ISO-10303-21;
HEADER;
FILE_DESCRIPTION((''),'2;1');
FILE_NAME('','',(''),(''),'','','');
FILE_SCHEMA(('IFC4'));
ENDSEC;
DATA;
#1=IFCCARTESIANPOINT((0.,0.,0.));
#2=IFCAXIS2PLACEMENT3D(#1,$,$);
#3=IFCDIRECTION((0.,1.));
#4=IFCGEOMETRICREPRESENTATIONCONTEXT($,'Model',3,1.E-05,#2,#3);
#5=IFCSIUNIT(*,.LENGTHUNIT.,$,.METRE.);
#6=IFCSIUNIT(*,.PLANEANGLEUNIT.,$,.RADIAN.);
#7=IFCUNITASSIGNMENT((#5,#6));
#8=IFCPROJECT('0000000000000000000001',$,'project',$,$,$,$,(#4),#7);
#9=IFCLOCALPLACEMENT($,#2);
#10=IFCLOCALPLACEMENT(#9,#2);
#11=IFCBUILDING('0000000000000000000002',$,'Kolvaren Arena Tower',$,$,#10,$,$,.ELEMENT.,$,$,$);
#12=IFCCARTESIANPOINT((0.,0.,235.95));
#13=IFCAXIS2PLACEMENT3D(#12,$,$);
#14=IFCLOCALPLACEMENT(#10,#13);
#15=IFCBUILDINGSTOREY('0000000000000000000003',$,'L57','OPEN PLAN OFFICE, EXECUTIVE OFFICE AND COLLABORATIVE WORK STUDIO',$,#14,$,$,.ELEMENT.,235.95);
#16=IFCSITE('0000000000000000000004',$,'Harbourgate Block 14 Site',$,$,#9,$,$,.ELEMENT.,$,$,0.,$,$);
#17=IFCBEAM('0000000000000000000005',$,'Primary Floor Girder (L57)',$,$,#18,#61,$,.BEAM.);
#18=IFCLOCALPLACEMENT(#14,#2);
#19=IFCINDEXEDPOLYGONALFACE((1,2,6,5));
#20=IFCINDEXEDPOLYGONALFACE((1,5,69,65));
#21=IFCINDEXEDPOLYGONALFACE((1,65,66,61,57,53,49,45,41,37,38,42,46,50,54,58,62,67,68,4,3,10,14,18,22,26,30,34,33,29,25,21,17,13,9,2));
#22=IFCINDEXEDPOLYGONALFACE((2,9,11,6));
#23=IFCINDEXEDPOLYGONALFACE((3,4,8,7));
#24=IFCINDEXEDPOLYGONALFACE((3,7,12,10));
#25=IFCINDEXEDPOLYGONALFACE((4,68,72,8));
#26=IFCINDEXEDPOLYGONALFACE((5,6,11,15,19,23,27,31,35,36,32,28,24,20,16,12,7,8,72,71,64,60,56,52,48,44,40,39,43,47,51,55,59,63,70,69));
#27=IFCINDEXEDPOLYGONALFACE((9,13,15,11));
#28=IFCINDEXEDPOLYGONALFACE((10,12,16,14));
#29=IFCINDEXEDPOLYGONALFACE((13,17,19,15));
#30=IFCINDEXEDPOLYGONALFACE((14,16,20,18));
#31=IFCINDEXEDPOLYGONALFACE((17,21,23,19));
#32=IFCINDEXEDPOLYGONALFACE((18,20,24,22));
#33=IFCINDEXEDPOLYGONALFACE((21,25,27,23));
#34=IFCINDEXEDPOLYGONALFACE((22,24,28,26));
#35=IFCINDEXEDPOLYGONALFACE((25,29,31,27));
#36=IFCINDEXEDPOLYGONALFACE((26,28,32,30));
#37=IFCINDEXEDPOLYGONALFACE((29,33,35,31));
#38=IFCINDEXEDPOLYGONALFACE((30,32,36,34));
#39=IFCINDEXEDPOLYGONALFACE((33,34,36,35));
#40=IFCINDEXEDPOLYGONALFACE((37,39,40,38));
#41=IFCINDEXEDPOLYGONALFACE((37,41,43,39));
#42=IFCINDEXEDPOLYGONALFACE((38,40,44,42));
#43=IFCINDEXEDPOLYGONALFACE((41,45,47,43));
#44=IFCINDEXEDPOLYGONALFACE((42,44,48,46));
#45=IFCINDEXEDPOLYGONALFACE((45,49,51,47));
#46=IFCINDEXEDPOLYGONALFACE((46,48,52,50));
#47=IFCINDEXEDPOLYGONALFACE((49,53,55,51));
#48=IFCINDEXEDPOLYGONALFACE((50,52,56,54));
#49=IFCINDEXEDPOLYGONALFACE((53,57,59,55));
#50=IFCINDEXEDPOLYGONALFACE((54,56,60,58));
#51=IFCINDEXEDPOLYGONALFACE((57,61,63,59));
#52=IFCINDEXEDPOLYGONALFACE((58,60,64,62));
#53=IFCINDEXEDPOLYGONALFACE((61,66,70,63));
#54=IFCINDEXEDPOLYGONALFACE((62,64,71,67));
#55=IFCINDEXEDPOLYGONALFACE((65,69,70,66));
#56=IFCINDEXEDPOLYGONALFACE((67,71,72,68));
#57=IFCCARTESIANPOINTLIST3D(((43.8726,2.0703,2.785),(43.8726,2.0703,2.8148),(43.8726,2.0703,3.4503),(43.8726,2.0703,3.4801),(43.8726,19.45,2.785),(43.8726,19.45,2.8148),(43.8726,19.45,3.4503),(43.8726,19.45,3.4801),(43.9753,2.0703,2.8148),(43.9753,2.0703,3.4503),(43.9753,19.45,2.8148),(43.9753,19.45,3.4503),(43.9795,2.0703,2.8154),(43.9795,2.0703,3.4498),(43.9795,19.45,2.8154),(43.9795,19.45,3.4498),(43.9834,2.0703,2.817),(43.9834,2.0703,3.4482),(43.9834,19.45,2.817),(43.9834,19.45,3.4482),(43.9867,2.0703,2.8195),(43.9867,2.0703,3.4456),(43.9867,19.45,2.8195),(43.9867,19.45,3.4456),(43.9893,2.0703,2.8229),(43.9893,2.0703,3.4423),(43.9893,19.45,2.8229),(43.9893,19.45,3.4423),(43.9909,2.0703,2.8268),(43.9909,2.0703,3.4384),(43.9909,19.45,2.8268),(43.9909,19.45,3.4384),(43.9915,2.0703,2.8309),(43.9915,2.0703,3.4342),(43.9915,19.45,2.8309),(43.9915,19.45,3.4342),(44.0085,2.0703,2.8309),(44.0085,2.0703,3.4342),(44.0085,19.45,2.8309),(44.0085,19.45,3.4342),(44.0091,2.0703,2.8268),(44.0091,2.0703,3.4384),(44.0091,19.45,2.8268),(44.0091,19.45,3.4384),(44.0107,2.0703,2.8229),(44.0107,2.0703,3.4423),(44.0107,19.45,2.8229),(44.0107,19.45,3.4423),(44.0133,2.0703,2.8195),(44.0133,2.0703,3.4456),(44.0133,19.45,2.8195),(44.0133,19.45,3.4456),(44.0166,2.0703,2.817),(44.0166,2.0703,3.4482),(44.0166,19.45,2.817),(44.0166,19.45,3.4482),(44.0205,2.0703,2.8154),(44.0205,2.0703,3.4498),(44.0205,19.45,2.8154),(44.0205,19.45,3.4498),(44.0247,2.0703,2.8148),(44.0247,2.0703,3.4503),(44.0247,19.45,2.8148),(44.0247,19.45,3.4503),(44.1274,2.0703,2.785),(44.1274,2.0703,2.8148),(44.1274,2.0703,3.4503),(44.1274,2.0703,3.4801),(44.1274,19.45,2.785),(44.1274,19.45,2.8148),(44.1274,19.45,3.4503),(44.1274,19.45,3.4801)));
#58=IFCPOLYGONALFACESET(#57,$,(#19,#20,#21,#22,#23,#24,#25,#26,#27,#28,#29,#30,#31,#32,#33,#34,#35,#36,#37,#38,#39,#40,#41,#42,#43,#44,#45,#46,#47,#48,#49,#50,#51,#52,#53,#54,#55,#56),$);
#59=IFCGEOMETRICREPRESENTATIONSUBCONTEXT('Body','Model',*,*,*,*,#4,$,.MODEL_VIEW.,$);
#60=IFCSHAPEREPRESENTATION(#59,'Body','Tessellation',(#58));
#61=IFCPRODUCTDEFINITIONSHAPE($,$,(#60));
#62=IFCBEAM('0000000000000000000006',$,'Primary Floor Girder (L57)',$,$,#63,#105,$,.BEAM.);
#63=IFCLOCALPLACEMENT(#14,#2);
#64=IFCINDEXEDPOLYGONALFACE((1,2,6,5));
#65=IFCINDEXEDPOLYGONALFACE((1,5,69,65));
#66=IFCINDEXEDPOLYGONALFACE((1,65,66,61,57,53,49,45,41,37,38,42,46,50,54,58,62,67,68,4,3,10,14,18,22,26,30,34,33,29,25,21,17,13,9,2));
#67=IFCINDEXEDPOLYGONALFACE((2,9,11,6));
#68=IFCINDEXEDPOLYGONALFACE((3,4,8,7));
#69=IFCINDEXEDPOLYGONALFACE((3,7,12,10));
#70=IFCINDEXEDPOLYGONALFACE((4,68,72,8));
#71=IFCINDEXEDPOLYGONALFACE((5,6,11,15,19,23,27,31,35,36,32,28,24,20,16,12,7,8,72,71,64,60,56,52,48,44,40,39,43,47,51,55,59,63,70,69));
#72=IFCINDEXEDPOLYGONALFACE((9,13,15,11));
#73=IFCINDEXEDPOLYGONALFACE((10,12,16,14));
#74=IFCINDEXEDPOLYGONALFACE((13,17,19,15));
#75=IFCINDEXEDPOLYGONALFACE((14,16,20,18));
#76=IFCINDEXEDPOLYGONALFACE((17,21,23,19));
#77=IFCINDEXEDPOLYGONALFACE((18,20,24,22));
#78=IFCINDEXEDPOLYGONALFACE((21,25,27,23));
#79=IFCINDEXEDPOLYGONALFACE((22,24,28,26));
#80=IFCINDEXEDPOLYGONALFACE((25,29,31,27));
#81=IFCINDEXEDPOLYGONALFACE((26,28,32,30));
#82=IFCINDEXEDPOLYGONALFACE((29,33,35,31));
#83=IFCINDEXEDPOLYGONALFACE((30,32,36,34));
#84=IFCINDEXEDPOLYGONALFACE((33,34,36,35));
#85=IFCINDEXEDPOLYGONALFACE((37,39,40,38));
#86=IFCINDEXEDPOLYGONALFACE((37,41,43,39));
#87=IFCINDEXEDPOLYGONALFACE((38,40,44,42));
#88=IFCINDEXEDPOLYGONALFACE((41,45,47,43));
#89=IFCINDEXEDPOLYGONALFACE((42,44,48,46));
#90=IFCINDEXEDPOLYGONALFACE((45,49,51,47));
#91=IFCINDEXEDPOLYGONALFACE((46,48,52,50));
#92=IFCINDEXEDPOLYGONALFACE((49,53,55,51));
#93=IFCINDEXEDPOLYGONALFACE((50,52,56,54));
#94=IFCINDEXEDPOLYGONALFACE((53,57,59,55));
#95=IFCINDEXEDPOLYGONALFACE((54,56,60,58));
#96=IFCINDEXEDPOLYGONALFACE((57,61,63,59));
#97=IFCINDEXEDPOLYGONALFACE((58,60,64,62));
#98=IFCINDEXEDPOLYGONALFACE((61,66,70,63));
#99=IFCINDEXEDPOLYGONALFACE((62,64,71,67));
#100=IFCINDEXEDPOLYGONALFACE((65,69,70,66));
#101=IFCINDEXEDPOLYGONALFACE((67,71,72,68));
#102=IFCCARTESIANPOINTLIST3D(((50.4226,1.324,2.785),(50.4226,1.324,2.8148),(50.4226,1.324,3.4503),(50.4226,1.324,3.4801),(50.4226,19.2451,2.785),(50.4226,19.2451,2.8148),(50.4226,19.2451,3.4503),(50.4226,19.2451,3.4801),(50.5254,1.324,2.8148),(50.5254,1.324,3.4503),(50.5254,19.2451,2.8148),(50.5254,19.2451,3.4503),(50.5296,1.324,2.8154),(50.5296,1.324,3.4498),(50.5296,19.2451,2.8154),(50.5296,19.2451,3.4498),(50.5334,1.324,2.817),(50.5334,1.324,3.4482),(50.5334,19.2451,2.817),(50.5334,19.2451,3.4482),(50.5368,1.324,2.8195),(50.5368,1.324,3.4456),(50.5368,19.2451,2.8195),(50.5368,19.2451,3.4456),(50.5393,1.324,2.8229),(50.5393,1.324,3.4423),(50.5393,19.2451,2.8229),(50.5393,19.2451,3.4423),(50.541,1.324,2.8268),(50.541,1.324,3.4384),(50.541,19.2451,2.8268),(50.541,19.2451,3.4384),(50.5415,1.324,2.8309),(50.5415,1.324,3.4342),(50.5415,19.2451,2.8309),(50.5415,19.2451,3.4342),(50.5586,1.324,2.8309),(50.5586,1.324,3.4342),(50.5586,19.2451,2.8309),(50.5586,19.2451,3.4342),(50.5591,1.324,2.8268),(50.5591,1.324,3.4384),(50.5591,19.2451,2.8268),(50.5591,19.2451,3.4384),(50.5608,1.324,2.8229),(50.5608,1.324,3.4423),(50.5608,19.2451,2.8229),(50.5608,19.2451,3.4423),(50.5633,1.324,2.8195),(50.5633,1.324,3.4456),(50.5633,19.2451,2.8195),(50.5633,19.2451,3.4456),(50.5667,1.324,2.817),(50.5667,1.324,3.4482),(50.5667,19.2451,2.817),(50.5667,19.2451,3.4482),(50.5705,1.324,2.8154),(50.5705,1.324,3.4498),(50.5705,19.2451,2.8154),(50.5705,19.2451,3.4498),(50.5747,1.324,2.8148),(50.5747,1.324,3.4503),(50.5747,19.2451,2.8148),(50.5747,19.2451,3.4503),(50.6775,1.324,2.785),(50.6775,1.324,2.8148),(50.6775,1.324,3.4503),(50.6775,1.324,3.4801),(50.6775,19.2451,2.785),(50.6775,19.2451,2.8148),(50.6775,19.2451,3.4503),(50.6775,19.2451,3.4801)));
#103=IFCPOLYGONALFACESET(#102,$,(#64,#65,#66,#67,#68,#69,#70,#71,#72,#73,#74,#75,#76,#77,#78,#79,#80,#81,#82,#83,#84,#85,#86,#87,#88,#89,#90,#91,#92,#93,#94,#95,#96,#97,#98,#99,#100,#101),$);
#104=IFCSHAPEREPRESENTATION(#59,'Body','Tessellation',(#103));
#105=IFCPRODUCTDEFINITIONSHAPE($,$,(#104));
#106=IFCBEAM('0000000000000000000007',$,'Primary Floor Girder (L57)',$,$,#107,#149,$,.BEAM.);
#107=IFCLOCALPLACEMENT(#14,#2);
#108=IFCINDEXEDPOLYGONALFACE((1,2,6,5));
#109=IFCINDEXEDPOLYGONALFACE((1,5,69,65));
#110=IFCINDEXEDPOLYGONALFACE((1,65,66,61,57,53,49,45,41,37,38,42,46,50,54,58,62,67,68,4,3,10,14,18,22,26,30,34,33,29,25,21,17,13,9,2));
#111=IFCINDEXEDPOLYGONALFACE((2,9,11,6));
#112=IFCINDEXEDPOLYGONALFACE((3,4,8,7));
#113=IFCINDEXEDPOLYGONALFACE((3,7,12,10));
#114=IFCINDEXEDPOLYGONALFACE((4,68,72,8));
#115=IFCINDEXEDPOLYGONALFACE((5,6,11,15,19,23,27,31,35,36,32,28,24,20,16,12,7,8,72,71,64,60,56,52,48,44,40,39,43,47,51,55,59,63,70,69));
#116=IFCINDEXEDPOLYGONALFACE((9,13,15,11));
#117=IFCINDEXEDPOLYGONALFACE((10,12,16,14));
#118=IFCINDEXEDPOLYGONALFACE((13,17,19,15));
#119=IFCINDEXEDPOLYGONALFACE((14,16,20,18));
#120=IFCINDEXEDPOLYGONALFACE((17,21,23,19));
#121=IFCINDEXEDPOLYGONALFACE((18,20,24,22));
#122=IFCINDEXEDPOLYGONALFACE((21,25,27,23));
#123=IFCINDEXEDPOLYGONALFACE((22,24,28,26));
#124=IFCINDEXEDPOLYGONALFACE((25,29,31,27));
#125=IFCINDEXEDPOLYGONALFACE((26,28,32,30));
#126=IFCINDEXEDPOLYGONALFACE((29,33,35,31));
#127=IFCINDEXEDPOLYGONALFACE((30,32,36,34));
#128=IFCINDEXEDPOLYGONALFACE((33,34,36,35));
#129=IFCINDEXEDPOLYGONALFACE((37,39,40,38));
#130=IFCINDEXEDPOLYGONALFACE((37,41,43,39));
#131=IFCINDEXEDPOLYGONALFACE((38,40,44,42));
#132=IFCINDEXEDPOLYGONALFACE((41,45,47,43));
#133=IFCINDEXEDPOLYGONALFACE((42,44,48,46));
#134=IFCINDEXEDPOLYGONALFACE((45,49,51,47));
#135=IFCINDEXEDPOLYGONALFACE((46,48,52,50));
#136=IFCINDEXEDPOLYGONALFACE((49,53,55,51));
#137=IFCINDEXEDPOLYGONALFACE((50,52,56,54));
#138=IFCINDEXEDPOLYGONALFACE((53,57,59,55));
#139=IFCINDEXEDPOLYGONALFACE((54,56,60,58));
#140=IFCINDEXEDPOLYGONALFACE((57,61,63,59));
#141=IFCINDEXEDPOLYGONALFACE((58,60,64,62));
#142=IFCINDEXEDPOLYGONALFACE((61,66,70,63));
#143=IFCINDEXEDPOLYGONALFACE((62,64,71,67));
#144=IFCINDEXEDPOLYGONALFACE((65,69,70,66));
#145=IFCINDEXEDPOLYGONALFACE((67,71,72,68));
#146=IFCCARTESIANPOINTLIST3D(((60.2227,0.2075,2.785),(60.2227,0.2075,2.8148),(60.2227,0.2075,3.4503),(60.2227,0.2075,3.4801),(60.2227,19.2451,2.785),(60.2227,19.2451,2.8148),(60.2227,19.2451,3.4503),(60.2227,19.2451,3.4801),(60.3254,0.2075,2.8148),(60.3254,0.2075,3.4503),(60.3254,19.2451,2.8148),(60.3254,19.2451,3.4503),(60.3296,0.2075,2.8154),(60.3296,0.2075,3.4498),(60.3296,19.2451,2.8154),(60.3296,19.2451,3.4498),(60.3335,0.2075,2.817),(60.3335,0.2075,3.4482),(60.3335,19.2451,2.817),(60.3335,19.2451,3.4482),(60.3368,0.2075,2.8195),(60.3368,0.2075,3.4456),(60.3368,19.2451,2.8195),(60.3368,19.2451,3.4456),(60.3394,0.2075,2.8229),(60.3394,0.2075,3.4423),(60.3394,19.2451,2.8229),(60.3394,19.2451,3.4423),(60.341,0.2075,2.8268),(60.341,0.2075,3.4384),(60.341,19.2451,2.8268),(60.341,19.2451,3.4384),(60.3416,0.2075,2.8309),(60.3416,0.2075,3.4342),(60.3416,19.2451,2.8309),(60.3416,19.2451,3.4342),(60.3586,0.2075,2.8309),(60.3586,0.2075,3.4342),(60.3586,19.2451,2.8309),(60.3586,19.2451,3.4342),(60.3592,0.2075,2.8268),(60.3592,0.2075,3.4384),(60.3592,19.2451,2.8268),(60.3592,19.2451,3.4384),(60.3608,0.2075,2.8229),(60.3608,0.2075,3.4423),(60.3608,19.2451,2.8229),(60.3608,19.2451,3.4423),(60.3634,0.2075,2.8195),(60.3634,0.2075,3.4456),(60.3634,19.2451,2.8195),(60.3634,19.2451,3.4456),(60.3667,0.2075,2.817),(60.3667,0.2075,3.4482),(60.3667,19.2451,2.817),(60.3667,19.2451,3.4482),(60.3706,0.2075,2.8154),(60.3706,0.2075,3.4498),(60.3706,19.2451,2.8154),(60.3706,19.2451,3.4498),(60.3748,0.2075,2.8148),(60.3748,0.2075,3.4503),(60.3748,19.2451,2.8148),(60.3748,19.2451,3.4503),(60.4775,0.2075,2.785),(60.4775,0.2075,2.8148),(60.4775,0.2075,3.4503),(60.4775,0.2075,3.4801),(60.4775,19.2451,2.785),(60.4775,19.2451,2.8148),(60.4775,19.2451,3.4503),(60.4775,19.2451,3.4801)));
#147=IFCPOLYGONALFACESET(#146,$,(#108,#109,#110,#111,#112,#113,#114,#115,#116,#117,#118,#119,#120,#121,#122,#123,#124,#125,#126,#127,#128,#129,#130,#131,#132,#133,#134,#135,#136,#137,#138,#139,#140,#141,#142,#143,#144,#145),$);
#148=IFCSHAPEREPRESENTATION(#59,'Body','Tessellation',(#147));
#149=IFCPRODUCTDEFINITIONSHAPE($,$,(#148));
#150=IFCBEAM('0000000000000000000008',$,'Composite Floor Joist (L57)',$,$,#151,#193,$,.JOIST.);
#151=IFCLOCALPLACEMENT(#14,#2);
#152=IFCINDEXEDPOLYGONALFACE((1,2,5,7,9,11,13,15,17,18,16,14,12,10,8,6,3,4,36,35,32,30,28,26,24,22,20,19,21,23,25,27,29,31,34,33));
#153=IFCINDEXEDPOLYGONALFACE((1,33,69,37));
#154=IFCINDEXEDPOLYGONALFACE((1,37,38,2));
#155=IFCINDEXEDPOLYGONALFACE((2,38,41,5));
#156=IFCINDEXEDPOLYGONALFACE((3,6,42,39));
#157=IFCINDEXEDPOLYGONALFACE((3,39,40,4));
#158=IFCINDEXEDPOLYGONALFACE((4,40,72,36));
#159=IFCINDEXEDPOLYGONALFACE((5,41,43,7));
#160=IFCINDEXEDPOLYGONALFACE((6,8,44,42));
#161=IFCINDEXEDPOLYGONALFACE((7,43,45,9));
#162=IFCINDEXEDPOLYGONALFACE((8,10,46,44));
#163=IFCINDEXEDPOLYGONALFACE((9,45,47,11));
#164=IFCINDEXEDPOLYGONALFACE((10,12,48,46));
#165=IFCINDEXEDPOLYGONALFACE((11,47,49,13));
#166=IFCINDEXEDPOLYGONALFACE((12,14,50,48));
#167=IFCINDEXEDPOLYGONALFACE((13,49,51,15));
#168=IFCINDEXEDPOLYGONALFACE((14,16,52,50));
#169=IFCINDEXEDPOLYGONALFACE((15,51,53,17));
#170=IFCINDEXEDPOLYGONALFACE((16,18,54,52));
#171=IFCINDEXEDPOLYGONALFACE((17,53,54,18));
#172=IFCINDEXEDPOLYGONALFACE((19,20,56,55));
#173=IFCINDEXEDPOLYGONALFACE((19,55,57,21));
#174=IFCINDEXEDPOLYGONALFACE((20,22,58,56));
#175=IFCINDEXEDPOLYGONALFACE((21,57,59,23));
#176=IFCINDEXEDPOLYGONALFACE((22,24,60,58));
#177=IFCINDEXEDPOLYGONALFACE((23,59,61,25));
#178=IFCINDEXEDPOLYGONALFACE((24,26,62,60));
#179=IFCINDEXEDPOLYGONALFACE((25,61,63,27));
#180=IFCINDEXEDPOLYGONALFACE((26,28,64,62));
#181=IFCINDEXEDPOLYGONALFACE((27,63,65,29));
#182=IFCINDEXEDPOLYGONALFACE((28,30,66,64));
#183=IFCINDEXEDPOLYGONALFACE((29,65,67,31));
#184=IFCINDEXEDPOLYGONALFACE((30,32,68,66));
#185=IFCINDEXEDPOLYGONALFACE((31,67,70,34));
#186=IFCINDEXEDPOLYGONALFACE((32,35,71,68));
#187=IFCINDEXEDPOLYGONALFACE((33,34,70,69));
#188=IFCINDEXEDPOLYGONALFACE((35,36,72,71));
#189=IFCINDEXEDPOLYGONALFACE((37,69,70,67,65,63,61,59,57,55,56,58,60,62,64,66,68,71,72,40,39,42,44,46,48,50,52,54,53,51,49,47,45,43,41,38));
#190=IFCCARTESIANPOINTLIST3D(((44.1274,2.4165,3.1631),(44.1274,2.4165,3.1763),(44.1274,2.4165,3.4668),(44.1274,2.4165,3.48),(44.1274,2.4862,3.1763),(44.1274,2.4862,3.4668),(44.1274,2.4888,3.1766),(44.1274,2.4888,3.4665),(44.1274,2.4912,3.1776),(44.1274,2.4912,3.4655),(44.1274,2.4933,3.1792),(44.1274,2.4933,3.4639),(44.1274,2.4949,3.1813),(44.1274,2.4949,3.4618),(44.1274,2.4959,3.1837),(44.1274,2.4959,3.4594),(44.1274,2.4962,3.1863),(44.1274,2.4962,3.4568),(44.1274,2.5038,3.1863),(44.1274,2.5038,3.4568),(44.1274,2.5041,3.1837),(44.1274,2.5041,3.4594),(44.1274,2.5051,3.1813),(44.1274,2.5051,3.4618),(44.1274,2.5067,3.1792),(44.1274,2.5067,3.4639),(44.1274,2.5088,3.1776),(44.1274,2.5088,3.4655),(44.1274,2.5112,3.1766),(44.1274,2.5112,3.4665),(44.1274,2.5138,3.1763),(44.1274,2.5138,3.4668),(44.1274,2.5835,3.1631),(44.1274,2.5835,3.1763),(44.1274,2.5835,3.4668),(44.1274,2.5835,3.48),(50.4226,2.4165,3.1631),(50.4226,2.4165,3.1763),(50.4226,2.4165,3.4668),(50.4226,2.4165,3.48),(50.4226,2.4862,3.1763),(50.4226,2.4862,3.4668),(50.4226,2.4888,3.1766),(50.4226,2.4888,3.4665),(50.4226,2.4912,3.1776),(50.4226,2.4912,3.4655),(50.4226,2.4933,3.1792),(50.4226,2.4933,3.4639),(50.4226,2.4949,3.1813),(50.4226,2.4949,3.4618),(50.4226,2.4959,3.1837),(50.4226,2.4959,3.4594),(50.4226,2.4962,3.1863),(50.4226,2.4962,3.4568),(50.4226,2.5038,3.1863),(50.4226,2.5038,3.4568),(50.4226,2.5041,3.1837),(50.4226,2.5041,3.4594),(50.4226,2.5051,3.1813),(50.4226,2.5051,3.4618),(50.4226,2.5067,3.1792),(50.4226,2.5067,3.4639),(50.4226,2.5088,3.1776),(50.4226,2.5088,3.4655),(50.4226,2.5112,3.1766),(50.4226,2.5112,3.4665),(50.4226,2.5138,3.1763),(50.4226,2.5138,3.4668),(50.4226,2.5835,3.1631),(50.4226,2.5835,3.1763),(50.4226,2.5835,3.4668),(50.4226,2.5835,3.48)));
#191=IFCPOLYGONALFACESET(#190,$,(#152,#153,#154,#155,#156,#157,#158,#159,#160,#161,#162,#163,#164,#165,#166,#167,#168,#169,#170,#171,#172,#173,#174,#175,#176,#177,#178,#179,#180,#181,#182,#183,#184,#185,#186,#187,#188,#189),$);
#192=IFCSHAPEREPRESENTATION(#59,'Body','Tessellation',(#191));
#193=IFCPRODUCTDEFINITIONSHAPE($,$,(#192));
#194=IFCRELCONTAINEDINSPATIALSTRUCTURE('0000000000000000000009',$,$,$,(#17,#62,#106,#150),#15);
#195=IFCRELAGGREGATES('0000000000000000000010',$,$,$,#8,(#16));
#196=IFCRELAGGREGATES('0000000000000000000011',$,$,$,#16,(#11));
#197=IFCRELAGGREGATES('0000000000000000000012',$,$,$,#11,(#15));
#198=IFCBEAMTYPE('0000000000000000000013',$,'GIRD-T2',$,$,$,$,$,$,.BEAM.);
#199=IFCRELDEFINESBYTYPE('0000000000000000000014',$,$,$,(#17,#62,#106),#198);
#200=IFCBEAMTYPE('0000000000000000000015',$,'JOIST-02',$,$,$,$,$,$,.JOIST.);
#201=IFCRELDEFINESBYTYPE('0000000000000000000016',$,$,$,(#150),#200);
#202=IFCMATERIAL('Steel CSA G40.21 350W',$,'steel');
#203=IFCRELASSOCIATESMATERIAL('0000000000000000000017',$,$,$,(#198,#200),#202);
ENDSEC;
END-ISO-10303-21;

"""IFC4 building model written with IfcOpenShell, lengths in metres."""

from ifc_helpers import new_model, si_unit, direction, frame, origin, origin_2d, place, context, subcontext, project, spatial, i_section, extrude, material, material_profile, profile_set, type_object, element, save


model = new_model("IFC4")

# Units and contexts
model_context = context("Model", 3, precision=1e-05, world=origin(), true_north=direction((0.0, 1.0)))
body_context = subcontext(model_context, "Body", "Model", "MODEL_VIEW")
ifc_project = project(units=[si_unit("LENGTHUNIT", "METRE"), si_unit("PLANEANGLEUNIT", "RADIAN")], contexts=[model_context])

# Site, building, storey
site_placement = place(None, origin())
site = spatial("IfcSite", under=ifc_project, at=site_placement, Name="Harbourgate Block 14 Site", CompositionType="ELEMENT", RefElevation=0.0)
building_placement = place(site_placement, origin())
building = spatial("IfcBuilding", under=site, at=building_placement, Name="Kolvaren Arena Tower", CompositionType="ELEMENT")
storey_placement = place(building_placement, frame((0.0, 0.0, 235.95)))
storey = spatial("IfcBuildingStorey", under=building, at=storey_placement, Name="L57", Description="OPEN PLAN OFFICE, EXECUTIVE OFFICE AND COLLABORATIVE WORK STUDIO", CompositionType="ELEMENT", Elevation=235.95)

# Beams
ifc_material_1 = material(Name="Steel CSA G40.21 350W", Category="steel")
ifc_material_profile_1 = material_profile(ifc_material_1, i_section(OverallWidth=0.2549, OverallDepth=0.6951, WebThickness=0.0171, FlangeThickness=0.0298, FilletRadius=0.0161, at=origin_2d()), Name="W690x217")
ifc_profile_set_1 = profile_set([ifc_material_profile_1], Name="Steel CSA G40.21 350W")
beam_type_1 = type_object("IfcBeamType", Name="GIRD-T2", PredefinedType="BEAM", material=ifc_profile_set_1)
beam_1_placement = place(storey_placement, frame((44.0, 2.0703, 3.1326), z_axis=(0.0, 1.0, 0.0), x_axis=(-1.0, 0.0, 0.0)))
element("IfcBeam", 1, at=beam_1_placement, inside=storey, type_object=beam_type_1, Name="Primary Floor Girder (L57)", PredefinedType="BEAM", context=body_context, shape_type="SweptSolid", body=[
    extrude(i_section(OverallWidth=0.2549, OverallDepth=0.6951, WebThickness=0.0171, FlangeThickness=0.0298, FilletRadius=0.0161, at=origin_2d()), origin(), (0.0, 0.0, 1.0), 17.3796),
])
beam_2_placement = place(storey_placement, frame((50.55, 1.324, 3.1326), z_axis=(0.0, 1.0, 0.0), x_axis=(-1.0, 0.0, 0.0)))
element("IfcBeam", 2, at=beam_2_placement, inside=storey, type_object=beam_type_1, Name="Primary Floor Girder (L57)", PredefinedType="BEAM", context=body_context, shape_type="SweptSolid", body=[
    extrude(i_section(OverallWidth=0.2549, OverallDepth=0.6951, WebThickness=0.0171, FlangeThickness=0.0298, FilletRadius=0.0161, at=origin_2d()), origin(), (0.0, 0.0, 1.0), 17.9211),
])
beam_3_placement = place(storey_placement, frame((60.3501, 0.2075, 3.1326), z_axis=(0.0, 1.0, 0.0), x_axis=(-1.0, 0.0, 0.0)))
element("IfcBeam", 3, at=beam_3_placement, inside=storey, type_object=beam_type_1, Name="Primary Floor Girder (L57)", PredefinedType="BEAM", context=body_context, shape_type="SweptSolid", body=[
    extrude(i_section(OverallWidth=0.2549, OverallDepth=0.6951, WebThickness=0.0171, FlangeThickness=0.0298, FilletRadius=0.0161, at=origin_2d()), origin(), (0.0, 0.0, 1.0), 19.0376),
])
ifc_material_profile_2 = material_profile(ifc_material_1, i_section(OverallWidth=0.167, OverallDepth=0.3169, WebThickness=0.0076, FlangeThickness=0.0132, FilletRadius=0.01, at=origin_2d()), Name="W310x52")
ifc_profile_set_2 = profile_set([ifc_material_profile_2], Name="Steel CSA G40.21 350W")
beam_type_2 = type_object("IfcBeamType", Name="JOIST-02", PredefinedType="JOIST", material=ifc_profile_set_2)
for number, where, z_axis, x_axis, name in (
    (4, (44.1274, 2.5, 3.3215), (1.0, 0.0, 0.0), (0.0, 1.0, 0.0), "Composite Floor Joist (L57)"),
):
    element("IfcBeam", number, at=place(storey_placement, frame(where, z_axis=z_axis, x_axis=x_axis)), inside=storey, type_object=beam_type_2, Name=name, PredefinedType="JOIST", context=body_context, shape_type="SweptSolid", body=[
        extrude(i_section(OverallWidth=0.167, OverallDepth=0.3169, WebThickness=0.0076, FlangeThickness=0.0132, FilletRadius=0.01, at=origin_2d()), origin(), (0.0, 0.0, 1.0), 6.2952),
    ])

save(model, "model.ifc")
